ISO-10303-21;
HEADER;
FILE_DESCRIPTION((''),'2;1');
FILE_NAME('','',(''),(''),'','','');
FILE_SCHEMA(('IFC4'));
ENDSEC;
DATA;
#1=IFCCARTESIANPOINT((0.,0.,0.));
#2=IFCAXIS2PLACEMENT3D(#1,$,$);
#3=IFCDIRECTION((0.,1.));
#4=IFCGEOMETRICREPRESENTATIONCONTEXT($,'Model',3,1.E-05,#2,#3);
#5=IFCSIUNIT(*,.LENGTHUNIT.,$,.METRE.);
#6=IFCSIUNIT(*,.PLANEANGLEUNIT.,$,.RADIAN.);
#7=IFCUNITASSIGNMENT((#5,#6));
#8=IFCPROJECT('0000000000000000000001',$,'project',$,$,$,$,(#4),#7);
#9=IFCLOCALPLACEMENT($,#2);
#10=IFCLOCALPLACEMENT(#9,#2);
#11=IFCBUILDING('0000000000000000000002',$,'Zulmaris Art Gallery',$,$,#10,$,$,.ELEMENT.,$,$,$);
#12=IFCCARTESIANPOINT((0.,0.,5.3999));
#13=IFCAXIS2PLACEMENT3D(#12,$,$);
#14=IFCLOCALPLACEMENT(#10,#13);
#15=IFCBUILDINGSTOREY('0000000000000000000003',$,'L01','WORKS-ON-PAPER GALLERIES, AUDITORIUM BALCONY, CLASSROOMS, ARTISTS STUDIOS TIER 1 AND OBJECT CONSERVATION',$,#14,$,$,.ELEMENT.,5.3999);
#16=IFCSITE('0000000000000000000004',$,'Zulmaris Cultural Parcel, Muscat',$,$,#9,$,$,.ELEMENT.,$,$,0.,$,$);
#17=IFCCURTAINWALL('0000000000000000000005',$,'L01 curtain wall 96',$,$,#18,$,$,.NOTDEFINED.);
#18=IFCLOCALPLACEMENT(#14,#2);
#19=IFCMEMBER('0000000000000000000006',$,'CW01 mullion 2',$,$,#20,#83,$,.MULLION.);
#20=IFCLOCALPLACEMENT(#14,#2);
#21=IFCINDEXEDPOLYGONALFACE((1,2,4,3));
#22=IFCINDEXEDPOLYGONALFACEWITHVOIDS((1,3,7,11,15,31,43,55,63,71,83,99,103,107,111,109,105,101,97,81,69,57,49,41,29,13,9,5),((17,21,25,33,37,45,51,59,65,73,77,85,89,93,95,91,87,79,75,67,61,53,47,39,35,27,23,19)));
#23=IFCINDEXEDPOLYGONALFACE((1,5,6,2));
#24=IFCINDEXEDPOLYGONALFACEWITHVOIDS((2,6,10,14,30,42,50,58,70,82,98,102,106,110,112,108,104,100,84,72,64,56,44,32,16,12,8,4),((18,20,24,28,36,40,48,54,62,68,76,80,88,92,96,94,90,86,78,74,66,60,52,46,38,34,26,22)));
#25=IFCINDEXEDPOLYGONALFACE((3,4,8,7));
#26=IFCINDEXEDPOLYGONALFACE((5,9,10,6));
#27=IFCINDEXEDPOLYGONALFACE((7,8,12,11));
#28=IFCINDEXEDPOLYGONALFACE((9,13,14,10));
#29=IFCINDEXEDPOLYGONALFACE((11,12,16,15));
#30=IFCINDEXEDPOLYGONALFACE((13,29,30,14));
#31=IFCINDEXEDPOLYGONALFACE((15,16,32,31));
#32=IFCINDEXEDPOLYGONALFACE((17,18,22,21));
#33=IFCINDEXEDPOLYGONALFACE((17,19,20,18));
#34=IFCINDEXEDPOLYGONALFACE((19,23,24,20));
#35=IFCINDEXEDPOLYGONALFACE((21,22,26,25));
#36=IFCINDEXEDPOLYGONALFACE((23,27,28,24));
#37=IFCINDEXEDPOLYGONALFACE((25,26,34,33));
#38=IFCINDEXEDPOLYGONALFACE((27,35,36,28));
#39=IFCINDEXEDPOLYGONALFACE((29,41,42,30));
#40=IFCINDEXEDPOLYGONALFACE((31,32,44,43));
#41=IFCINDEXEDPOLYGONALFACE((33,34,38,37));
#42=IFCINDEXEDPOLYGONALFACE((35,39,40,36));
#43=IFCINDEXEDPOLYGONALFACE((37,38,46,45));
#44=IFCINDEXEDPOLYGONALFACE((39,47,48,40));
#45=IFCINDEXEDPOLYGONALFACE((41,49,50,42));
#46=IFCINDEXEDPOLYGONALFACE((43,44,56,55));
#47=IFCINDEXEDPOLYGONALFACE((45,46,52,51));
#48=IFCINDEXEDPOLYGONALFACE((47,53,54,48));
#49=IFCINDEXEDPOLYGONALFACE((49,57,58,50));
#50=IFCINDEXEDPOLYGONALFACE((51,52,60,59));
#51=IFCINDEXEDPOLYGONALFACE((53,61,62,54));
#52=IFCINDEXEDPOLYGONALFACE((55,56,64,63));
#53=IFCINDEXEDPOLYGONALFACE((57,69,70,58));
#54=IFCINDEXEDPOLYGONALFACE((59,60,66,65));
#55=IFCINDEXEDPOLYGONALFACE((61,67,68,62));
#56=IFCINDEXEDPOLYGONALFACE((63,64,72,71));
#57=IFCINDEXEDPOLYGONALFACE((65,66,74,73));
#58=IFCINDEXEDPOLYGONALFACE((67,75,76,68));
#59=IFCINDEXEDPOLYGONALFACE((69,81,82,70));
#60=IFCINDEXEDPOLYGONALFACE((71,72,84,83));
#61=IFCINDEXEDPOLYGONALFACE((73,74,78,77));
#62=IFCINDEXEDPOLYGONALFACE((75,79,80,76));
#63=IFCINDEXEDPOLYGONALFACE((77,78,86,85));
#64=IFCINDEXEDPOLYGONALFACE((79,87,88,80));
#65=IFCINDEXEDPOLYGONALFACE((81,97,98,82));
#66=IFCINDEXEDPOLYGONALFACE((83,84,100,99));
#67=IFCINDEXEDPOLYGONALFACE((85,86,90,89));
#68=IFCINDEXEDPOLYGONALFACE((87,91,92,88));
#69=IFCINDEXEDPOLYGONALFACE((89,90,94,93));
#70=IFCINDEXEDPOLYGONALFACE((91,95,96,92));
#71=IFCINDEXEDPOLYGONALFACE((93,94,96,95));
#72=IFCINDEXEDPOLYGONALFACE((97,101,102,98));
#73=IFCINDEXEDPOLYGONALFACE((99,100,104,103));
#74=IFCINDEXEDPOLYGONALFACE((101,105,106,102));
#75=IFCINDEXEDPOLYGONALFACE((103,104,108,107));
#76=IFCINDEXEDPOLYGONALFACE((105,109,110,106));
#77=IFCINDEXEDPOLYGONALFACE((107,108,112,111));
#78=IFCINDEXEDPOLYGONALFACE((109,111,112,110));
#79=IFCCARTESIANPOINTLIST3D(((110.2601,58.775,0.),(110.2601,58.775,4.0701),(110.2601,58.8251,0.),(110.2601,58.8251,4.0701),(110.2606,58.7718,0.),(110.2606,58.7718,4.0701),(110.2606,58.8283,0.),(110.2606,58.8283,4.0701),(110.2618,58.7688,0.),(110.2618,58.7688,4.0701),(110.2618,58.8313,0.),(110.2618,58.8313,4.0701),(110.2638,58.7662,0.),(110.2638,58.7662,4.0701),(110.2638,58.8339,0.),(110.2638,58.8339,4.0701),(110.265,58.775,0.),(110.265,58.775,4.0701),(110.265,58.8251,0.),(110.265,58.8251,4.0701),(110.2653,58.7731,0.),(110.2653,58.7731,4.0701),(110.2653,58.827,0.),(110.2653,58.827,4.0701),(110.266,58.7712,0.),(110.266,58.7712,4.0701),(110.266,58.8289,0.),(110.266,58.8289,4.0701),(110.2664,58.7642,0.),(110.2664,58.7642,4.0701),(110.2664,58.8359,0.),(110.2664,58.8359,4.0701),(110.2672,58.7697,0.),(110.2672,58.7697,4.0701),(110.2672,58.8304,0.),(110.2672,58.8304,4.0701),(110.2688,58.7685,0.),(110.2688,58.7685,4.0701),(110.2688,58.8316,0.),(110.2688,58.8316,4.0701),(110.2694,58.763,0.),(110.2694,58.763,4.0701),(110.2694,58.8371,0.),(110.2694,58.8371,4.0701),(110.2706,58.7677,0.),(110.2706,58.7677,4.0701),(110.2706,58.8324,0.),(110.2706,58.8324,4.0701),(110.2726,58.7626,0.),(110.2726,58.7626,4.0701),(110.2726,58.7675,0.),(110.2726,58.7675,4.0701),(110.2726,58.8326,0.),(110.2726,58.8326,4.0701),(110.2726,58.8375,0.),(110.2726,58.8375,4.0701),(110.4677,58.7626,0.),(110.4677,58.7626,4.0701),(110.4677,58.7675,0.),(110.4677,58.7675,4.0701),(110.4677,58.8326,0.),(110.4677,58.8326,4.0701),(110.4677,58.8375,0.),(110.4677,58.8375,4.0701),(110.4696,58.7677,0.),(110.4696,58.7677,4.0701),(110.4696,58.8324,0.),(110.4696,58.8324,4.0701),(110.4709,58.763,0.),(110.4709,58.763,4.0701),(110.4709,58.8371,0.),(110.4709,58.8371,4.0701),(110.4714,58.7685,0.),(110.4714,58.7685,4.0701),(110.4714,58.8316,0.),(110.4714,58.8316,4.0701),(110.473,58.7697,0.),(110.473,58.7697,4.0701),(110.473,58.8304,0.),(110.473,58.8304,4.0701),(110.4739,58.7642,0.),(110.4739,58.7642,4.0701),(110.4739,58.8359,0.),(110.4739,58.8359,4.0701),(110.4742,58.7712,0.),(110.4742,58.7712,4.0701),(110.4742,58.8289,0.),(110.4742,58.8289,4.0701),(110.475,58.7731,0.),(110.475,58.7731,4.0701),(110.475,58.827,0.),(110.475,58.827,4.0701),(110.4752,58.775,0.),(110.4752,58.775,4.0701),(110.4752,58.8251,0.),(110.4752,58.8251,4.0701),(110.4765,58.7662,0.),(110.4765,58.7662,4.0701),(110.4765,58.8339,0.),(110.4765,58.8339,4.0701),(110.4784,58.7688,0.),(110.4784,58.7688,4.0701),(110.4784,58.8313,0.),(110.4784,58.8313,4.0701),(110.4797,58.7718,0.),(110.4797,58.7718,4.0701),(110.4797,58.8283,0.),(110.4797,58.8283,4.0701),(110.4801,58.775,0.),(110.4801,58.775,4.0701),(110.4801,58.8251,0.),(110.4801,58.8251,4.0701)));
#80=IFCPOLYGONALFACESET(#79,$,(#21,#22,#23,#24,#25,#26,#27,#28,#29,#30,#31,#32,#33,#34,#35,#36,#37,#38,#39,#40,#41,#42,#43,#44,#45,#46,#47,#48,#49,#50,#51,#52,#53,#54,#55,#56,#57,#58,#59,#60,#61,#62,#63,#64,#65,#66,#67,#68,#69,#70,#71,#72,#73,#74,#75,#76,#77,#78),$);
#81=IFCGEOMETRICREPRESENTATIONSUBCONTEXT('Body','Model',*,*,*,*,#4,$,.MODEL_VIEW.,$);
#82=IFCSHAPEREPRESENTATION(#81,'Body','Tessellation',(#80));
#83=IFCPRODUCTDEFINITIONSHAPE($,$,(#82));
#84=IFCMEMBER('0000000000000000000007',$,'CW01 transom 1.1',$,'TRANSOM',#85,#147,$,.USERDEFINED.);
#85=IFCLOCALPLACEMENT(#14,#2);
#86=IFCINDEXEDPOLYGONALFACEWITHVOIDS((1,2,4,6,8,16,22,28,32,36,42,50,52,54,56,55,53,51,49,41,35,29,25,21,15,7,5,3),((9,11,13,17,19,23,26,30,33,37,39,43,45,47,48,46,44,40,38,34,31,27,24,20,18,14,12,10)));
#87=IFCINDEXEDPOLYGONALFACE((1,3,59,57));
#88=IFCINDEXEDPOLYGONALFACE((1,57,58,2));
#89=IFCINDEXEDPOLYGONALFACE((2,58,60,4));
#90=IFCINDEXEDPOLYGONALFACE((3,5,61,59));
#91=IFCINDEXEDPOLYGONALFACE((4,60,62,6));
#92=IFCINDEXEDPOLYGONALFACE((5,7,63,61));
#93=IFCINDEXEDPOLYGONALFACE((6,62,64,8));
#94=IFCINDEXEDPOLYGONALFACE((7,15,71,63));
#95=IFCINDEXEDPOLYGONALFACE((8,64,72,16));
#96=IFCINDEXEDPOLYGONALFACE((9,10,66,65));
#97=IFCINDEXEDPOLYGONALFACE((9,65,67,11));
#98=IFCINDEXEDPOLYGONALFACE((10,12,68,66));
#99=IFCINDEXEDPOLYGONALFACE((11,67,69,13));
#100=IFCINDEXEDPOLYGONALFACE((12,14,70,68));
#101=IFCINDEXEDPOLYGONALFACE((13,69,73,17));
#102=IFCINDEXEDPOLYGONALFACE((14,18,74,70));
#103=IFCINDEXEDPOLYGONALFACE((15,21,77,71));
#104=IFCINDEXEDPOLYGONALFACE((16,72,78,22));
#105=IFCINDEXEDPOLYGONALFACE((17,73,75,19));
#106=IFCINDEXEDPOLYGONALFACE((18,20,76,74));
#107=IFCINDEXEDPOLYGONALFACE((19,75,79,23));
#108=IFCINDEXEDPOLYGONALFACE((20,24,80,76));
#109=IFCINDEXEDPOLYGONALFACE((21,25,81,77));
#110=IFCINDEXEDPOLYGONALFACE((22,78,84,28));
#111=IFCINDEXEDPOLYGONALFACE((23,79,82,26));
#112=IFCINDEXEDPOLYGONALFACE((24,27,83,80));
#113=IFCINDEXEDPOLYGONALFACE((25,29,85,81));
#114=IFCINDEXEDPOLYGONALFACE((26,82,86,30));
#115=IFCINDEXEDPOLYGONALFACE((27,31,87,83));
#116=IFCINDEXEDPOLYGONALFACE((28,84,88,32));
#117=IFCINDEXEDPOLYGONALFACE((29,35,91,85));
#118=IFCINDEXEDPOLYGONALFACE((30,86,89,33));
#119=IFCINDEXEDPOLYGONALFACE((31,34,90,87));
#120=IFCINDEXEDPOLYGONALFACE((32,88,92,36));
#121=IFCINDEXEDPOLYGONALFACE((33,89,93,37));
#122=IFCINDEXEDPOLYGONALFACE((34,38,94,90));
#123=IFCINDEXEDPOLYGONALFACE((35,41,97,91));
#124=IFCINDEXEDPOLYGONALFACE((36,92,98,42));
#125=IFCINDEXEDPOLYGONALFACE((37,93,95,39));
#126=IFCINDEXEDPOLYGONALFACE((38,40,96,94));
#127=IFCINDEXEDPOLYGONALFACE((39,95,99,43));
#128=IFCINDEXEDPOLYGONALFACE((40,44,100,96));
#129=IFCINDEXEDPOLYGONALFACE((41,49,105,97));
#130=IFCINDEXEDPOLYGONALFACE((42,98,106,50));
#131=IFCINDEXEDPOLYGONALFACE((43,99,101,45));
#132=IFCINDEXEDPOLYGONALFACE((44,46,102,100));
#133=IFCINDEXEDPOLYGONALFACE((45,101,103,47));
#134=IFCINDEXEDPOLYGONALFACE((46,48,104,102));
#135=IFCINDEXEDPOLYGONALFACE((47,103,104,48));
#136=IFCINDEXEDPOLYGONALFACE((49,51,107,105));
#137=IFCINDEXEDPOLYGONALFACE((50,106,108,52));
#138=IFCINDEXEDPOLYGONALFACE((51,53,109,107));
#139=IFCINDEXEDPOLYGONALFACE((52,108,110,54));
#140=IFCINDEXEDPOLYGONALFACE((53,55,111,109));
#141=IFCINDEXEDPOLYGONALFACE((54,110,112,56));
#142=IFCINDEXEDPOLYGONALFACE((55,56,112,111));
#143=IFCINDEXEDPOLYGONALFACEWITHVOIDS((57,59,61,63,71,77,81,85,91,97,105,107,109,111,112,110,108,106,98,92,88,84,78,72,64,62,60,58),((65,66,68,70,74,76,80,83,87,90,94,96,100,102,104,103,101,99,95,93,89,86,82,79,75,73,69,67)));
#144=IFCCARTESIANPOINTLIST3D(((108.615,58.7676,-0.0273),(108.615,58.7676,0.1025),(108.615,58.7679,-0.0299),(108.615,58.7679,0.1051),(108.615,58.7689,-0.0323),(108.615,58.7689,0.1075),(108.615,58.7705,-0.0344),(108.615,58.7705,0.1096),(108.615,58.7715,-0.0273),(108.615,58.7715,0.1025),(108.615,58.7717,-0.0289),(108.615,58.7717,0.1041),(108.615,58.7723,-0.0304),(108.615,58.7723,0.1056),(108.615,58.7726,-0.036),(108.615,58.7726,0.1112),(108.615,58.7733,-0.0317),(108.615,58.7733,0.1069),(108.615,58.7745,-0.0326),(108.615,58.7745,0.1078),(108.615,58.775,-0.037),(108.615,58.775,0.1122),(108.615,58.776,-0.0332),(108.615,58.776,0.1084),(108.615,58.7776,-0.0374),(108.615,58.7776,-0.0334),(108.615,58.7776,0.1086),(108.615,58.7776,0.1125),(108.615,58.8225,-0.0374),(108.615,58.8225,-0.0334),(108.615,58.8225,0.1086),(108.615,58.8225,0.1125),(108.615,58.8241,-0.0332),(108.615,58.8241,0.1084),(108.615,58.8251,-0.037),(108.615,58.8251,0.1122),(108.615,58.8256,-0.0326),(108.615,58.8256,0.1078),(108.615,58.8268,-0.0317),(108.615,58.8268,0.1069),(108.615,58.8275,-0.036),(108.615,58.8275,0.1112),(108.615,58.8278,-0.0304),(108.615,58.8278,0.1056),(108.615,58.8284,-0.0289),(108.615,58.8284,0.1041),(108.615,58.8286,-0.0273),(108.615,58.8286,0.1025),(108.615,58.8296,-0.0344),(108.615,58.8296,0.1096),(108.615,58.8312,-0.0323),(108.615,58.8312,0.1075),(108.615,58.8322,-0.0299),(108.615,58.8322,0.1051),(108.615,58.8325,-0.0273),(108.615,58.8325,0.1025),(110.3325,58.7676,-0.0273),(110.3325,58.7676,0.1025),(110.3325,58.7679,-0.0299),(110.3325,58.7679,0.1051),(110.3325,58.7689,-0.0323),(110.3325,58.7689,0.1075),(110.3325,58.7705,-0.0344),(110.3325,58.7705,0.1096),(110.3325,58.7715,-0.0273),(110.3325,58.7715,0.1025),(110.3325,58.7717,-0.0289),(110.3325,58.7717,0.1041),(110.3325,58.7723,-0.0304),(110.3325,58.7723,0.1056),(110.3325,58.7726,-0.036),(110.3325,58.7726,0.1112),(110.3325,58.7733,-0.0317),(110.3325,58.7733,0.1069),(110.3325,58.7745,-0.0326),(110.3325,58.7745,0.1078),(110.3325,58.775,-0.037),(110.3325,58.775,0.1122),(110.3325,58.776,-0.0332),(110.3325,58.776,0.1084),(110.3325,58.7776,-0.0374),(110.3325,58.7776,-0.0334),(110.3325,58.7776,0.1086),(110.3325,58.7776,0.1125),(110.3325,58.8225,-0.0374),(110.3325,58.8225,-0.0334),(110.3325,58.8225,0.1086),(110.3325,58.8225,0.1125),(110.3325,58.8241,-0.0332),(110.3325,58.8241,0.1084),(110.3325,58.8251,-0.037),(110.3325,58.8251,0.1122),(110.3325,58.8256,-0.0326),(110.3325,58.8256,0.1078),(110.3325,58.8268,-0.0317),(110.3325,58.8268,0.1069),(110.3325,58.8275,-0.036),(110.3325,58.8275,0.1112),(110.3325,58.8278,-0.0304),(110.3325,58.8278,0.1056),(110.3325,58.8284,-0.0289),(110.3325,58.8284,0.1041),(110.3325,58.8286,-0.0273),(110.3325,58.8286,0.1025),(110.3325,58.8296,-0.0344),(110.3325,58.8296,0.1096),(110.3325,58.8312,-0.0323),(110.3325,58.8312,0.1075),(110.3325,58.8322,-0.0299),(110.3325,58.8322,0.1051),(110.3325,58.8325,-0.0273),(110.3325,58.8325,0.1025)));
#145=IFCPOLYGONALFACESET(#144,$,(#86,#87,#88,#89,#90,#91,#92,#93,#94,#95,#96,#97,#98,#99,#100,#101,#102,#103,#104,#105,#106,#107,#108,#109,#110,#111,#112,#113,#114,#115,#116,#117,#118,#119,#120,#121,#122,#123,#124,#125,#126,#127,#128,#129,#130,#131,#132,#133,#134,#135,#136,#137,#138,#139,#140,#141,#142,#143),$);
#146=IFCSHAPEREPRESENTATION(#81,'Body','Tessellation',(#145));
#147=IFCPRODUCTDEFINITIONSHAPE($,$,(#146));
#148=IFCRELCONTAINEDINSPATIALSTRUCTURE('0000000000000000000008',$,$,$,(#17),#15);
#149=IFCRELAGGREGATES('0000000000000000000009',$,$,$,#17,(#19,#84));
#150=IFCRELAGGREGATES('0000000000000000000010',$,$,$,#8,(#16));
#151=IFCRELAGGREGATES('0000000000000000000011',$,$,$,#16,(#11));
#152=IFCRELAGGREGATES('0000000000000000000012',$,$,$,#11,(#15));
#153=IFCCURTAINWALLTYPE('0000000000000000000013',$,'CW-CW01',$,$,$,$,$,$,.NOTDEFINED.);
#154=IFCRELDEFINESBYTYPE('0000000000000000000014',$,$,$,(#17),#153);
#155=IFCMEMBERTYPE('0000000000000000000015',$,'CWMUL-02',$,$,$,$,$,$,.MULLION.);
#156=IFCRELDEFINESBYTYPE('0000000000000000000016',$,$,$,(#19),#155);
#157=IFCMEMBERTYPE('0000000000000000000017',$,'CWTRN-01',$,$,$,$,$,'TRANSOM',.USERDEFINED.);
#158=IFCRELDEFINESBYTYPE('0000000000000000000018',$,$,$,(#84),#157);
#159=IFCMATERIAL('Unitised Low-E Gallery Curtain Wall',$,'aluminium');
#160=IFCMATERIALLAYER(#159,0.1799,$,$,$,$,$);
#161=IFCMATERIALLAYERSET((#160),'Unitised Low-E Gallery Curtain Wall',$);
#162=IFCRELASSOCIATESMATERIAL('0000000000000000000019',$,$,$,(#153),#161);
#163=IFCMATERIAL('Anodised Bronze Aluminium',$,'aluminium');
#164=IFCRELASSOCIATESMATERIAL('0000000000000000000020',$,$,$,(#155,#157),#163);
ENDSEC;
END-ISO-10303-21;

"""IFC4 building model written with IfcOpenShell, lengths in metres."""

from ifc_helpers import new_model, si_unit, direction, frame, origin, origin_2d, place, context, subcontext, project, spatial, hollow_rectangle, extrude, material, layer, layer_set, material_profile, profile_set, type_object, element, aggregate, save


model = new_model("IFC4")

# Units and contexts
model_context = context("Model", 3, precision=1e-05, world=origin(), true_north=direction((0.0, 1.0)))
body_context = subcontext(model_context, "Body", "Model", "MODEL_VIEW")
ifc_project = project(units=[si_unit("LENGTHUNIT", "METRE"), si_unit("PLANEANGLEUNIT", "RADIAN")], contexts=[model_context])

# Site, building, storey
site_placement = place(None, origin())
site = spatial("IfcSite", under=ifc_project, at=site_placement, Name="Zulmaris Cultural Parcel, Muscat", CompositionType="ELEMENT", RefElevation=0.0)
building_placement = place(site_placement, origin())
building = spatial("IfcBuilding", under=site, at=building_placement, Name="Zulmaris Art Gallery", CompositionType="ELEMENT")
storey_placement = place(building_placement, frame((0.0, 0.0, 5.3999)))
storey = spatial("IfcBuildingStorey", under=building, at=storey_placement, Name="L01", Description="WORKS-ON-PAPER GALLERIES, AUDITORIUM BALCONY, CLASSROOMS, ARTISTS STUDIOS TIER 1 AND OBJECT CONSERVATION", CompositionType="ELEMENT", Elevation=5.3999)

# Curtain wall, members
ifc_material_1 = material(Name="Unitised Low-E Gallery Curtain Wall", Category="aluminium")
ifc_layer_1 = layer(ifc_material_1, 0.1799)
ifc_layer_set_1 = layer_set([ifc_layer_1], Name="Unitised Low-E Gallery Curtain Wall")
curtain_wall_type = type_object("IfcCurtainWallType", Name="CW-CW01", PredefinedType="NOTDEFINED", material=ifc_layer_set_1)
curtain_wall_placement = place(storey_placement, origin())
curtain_wall = element("IfcCurtainWall", 1, at=curtain_wall_placement, inside=storey, type_object=curtain_wall_type, Name="L01 curtain wall 96", PredefinedType="NOTDEFINED")
ifc_material_2 = material(Name="Anodised Bronze Aluminium", Category="aluminium")
ifc_material_profile_1 = material_profile(ifc_material_2, hollow_rectangle(XDim=0.075, YDim=0.22, WallThickness=0.0049, InnerFilletRadius=0.0076, OuterFilletRadius=0.0125, at=origin_2d()), Name="ALU 75x220x5")
ifc_profile_set_1 = profile_set([ifc_material_profile_1], Name="Anodised Bronze Aluminium")
member_type_1 = type_object("IfcMemberType", Name="CWMUL-02", PredefinedType="MULLION", material=ifc_profile_set_1)
member_1_placement = place(storey_placement, frame((110.3701, 58.8, 0.0), z_axis=(0.0, 0.0, 1.0), x_axis=(0.0, 1.0, 0.0)))
member_1 = element("IfcMember", 2, at=member_1_placement, type_object=member_type_1, Name="CW01 mullion 2", PredefinedType="MULLION", context=body_context, shape_type="SweptSolid", body=[
    extrude(hollow_rectangle(XDim=0.075, YDim=0.22, WallThickness=0.0049, InnerFilletRadius=0.0076, OuterFilletRadius=0.0125, at=origin_2d()), origin(), (0.0, 0.0, 1.0), 4.0701),
])
ifc_material_profile_2 = material_profile(ifc_material_2, hollow_rectangle(XDim=0.0649, YDim=0.1499, WallThickness=0.0039, InnerFilletRadius=0.0061, OuterFilletRadius=0.01, at=origin_2d()), Name="ALU 65x150x4")
ifc_profile_set_2 = profile_set([ifc_material_profile_2], Name="Anodised Bronze Aluminium")
member_type_2 = type_object("IfcMemberType", Name="CWTRN-01", ElementType="TRANSOM", PredefinedType="USERDEFINED", material=ifc_profile_set_2)
member_2_placement = place(storey_placement, frame((108.615, 58.8, 0.0376), z_axis=(1.0, 0.0, 0.0), x_axis=(0.0, 1.0, 0.0)))
member_2 = element("IfcMember", 3, at=member_2_placement, type_object=member_type_2, Name="CW01 transom 1.1", ObjectType="TRANSOM", PredefinedType="USERDEFINED", context=body_context, shape_type="SweptSolid", body=[
    extrude(hollow_rectangle(XDim=0.0649, YDim=0.1499, WallThickness=0.0039, InnerFilletRadius=0.0061, OuterFilletRadius=0.01, at=origin_2d()), origin(), (0.0, 0.0, 1.0), 1.7175),
])
aggregate(curtain_wall, [member_1, member_2])

save(model, "model.ifc")
